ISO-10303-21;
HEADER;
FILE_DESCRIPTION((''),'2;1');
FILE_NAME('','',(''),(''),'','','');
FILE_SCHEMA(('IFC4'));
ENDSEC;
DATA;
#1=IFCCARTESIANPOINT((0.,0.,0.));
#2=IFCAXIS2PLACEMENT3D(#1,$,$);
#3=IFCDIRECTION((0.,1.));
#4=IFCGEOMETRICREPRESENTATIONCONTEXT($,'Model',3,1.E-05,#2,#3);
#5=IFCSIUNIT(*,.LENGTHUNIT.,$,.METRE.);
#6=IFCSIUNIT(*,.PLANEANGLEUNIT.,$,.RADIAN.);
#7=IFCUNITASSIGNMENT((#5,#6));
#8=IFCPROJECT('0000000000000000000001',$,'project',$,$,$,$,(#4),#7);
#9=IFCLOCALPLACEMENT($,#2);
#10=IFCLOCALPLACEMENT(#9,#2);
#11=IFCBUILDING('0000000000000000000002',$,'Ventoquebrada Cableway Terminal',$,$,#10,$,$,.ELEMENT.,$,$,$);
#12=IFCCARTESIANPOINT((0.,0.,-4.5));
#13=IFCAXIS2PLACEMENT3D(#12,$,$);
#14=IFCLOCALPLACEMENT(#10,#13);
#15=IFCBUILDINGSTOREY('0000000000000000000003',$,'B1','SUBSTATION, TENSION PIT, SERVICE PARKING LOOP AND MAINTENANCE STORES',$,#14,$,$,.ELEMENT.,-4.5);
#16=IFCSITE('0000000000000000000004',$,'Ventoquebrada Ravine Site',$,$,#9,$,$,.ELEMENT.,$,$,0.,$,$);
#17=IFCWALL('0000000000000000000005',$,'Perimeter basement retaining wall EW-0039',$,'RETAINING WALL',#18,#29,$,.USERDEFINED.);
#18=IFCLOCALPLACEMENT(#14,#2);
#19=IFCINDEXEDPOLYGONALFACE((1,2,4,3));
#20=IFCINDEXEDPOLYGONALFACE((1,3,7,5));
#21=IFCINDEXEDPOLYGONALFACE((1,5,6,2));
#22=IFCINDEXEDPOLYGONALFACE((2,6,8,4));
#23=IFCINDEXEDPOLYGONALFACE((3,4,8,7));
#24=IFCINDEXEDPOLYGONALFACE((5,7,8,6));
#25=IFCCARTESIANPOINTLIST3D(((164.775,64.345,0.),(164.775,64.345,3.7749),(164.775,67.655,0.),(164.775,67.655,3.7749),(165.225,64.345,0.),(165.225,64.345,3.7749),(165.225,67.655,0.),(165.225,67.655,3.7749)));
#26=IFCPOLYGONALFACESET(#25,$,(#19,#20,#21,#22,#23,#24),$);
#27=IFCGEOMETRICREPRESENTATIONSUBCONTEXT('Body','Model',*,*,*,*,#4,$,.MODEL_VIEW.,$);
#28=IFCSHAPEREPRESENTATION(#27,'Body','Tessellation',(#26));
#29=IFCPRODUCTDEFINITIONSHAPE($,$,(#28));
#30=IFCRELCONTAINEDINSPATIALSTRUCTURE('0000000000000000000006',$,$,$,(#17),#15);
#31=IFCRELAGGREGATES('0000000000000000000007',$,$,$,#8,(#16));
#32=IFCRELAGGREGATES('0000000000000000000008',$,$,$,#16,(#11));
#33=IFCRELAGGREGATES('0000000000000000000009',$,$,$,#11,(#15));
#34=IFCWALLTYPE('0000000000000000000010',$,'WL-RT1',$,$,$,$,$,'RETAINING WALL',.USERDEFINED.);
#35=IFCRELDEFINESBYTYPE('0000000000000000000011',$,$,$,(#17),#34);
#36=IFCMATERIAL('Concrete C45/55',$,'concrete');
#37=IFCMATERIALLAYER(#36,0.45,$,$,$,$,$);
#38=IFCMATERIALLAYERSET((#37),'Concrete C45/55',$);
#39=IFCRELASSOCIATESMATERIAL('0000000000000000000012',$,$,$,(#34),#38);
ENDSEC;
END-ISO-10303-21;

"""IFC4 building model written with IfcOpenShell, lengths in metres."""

from ifc_helpers import new_model, si_unit, direction, frame, frame_2d, origin, place, context, subcontext, project, spatial, rectangle, extrude, material, layer, layer_set, type_object, element, save


model = new_model("IFC4")

# Units and contexts
model_context = context("Model", 3, precision=1e-05, world=origin(), true_north=direction((0.0, 1.0)))
body_context = subcontext(model_context, "Body", "Model", "MODEL_VIEW")
ifc_project = project(units=[si_unit("LENGTHUNIT", "METRE"), si_unit("PLANEANGLEUNIT", "RADIAN")], contexts=[model_context])

# Site, building, storey
site_placement = place(None, origin())
site = spatial("IfcSite", under=ifc_project, at=site_placement, Name="Ventoquebrada Ravine Site", CompositionType="ELEMENT", RefElevation=0.0)
building_placement = place(site_placement, origin())
building = spatial("IfcBuilding", under=site, at=building_placement, Name="Ventoquebrada Cableway Terminal", CompositionType="ELEMENT")
storey_placement = place(building_placement, frame((0.0, 0.0, -4.5)))
storey = spatial("IfcBuildingStorey", under=building, at=storey_placement, Name="B1", Description="SUBSTATION, TENSION PIT, SERVICE PARKING LOOP AND MAINTENANCE STORES", CompositionType="ELEMENT", Elevation=-4.5)

# Wall
ifc_material_1 = material(Name="Concrete C45/55", Category="concrete")
ifc_layer = layer(ifc_material_1, 0.45)
ifc_layer_set = layer_set([ifc_layer], Name="Concrete C45/55")
wall_type = type_object("IfcWallType", Name="WL-RT1", ElementType="RETAINING WALL", PredefinedType="USERDEFINED", material=ifc_layer_set)
wall_placement = place(storey_placement, frame((165.0, 64.345, 0.0), z_axis=(0.0, 0.0, 1.0), x_axis=(0.0, 1.0, 0.0)))
element("IfcWall", 1, at=wall_placement, inside=storey, type_object=wall_type, Name="Perimeter basement retaining wall EW-0039", ObjectType="RETAINING WALL", PredefinedType="USERDEFINED", context=body_context, shape_type="SweptSolid", body=[
    extrude(rectangle(XDim=3.3101, YDim=0.45, at=frame_2d((1.655, 0.0))), origin(), (0.0, 0.0, 1.0), 3.7749),
])

save(model, "model.ifc")
